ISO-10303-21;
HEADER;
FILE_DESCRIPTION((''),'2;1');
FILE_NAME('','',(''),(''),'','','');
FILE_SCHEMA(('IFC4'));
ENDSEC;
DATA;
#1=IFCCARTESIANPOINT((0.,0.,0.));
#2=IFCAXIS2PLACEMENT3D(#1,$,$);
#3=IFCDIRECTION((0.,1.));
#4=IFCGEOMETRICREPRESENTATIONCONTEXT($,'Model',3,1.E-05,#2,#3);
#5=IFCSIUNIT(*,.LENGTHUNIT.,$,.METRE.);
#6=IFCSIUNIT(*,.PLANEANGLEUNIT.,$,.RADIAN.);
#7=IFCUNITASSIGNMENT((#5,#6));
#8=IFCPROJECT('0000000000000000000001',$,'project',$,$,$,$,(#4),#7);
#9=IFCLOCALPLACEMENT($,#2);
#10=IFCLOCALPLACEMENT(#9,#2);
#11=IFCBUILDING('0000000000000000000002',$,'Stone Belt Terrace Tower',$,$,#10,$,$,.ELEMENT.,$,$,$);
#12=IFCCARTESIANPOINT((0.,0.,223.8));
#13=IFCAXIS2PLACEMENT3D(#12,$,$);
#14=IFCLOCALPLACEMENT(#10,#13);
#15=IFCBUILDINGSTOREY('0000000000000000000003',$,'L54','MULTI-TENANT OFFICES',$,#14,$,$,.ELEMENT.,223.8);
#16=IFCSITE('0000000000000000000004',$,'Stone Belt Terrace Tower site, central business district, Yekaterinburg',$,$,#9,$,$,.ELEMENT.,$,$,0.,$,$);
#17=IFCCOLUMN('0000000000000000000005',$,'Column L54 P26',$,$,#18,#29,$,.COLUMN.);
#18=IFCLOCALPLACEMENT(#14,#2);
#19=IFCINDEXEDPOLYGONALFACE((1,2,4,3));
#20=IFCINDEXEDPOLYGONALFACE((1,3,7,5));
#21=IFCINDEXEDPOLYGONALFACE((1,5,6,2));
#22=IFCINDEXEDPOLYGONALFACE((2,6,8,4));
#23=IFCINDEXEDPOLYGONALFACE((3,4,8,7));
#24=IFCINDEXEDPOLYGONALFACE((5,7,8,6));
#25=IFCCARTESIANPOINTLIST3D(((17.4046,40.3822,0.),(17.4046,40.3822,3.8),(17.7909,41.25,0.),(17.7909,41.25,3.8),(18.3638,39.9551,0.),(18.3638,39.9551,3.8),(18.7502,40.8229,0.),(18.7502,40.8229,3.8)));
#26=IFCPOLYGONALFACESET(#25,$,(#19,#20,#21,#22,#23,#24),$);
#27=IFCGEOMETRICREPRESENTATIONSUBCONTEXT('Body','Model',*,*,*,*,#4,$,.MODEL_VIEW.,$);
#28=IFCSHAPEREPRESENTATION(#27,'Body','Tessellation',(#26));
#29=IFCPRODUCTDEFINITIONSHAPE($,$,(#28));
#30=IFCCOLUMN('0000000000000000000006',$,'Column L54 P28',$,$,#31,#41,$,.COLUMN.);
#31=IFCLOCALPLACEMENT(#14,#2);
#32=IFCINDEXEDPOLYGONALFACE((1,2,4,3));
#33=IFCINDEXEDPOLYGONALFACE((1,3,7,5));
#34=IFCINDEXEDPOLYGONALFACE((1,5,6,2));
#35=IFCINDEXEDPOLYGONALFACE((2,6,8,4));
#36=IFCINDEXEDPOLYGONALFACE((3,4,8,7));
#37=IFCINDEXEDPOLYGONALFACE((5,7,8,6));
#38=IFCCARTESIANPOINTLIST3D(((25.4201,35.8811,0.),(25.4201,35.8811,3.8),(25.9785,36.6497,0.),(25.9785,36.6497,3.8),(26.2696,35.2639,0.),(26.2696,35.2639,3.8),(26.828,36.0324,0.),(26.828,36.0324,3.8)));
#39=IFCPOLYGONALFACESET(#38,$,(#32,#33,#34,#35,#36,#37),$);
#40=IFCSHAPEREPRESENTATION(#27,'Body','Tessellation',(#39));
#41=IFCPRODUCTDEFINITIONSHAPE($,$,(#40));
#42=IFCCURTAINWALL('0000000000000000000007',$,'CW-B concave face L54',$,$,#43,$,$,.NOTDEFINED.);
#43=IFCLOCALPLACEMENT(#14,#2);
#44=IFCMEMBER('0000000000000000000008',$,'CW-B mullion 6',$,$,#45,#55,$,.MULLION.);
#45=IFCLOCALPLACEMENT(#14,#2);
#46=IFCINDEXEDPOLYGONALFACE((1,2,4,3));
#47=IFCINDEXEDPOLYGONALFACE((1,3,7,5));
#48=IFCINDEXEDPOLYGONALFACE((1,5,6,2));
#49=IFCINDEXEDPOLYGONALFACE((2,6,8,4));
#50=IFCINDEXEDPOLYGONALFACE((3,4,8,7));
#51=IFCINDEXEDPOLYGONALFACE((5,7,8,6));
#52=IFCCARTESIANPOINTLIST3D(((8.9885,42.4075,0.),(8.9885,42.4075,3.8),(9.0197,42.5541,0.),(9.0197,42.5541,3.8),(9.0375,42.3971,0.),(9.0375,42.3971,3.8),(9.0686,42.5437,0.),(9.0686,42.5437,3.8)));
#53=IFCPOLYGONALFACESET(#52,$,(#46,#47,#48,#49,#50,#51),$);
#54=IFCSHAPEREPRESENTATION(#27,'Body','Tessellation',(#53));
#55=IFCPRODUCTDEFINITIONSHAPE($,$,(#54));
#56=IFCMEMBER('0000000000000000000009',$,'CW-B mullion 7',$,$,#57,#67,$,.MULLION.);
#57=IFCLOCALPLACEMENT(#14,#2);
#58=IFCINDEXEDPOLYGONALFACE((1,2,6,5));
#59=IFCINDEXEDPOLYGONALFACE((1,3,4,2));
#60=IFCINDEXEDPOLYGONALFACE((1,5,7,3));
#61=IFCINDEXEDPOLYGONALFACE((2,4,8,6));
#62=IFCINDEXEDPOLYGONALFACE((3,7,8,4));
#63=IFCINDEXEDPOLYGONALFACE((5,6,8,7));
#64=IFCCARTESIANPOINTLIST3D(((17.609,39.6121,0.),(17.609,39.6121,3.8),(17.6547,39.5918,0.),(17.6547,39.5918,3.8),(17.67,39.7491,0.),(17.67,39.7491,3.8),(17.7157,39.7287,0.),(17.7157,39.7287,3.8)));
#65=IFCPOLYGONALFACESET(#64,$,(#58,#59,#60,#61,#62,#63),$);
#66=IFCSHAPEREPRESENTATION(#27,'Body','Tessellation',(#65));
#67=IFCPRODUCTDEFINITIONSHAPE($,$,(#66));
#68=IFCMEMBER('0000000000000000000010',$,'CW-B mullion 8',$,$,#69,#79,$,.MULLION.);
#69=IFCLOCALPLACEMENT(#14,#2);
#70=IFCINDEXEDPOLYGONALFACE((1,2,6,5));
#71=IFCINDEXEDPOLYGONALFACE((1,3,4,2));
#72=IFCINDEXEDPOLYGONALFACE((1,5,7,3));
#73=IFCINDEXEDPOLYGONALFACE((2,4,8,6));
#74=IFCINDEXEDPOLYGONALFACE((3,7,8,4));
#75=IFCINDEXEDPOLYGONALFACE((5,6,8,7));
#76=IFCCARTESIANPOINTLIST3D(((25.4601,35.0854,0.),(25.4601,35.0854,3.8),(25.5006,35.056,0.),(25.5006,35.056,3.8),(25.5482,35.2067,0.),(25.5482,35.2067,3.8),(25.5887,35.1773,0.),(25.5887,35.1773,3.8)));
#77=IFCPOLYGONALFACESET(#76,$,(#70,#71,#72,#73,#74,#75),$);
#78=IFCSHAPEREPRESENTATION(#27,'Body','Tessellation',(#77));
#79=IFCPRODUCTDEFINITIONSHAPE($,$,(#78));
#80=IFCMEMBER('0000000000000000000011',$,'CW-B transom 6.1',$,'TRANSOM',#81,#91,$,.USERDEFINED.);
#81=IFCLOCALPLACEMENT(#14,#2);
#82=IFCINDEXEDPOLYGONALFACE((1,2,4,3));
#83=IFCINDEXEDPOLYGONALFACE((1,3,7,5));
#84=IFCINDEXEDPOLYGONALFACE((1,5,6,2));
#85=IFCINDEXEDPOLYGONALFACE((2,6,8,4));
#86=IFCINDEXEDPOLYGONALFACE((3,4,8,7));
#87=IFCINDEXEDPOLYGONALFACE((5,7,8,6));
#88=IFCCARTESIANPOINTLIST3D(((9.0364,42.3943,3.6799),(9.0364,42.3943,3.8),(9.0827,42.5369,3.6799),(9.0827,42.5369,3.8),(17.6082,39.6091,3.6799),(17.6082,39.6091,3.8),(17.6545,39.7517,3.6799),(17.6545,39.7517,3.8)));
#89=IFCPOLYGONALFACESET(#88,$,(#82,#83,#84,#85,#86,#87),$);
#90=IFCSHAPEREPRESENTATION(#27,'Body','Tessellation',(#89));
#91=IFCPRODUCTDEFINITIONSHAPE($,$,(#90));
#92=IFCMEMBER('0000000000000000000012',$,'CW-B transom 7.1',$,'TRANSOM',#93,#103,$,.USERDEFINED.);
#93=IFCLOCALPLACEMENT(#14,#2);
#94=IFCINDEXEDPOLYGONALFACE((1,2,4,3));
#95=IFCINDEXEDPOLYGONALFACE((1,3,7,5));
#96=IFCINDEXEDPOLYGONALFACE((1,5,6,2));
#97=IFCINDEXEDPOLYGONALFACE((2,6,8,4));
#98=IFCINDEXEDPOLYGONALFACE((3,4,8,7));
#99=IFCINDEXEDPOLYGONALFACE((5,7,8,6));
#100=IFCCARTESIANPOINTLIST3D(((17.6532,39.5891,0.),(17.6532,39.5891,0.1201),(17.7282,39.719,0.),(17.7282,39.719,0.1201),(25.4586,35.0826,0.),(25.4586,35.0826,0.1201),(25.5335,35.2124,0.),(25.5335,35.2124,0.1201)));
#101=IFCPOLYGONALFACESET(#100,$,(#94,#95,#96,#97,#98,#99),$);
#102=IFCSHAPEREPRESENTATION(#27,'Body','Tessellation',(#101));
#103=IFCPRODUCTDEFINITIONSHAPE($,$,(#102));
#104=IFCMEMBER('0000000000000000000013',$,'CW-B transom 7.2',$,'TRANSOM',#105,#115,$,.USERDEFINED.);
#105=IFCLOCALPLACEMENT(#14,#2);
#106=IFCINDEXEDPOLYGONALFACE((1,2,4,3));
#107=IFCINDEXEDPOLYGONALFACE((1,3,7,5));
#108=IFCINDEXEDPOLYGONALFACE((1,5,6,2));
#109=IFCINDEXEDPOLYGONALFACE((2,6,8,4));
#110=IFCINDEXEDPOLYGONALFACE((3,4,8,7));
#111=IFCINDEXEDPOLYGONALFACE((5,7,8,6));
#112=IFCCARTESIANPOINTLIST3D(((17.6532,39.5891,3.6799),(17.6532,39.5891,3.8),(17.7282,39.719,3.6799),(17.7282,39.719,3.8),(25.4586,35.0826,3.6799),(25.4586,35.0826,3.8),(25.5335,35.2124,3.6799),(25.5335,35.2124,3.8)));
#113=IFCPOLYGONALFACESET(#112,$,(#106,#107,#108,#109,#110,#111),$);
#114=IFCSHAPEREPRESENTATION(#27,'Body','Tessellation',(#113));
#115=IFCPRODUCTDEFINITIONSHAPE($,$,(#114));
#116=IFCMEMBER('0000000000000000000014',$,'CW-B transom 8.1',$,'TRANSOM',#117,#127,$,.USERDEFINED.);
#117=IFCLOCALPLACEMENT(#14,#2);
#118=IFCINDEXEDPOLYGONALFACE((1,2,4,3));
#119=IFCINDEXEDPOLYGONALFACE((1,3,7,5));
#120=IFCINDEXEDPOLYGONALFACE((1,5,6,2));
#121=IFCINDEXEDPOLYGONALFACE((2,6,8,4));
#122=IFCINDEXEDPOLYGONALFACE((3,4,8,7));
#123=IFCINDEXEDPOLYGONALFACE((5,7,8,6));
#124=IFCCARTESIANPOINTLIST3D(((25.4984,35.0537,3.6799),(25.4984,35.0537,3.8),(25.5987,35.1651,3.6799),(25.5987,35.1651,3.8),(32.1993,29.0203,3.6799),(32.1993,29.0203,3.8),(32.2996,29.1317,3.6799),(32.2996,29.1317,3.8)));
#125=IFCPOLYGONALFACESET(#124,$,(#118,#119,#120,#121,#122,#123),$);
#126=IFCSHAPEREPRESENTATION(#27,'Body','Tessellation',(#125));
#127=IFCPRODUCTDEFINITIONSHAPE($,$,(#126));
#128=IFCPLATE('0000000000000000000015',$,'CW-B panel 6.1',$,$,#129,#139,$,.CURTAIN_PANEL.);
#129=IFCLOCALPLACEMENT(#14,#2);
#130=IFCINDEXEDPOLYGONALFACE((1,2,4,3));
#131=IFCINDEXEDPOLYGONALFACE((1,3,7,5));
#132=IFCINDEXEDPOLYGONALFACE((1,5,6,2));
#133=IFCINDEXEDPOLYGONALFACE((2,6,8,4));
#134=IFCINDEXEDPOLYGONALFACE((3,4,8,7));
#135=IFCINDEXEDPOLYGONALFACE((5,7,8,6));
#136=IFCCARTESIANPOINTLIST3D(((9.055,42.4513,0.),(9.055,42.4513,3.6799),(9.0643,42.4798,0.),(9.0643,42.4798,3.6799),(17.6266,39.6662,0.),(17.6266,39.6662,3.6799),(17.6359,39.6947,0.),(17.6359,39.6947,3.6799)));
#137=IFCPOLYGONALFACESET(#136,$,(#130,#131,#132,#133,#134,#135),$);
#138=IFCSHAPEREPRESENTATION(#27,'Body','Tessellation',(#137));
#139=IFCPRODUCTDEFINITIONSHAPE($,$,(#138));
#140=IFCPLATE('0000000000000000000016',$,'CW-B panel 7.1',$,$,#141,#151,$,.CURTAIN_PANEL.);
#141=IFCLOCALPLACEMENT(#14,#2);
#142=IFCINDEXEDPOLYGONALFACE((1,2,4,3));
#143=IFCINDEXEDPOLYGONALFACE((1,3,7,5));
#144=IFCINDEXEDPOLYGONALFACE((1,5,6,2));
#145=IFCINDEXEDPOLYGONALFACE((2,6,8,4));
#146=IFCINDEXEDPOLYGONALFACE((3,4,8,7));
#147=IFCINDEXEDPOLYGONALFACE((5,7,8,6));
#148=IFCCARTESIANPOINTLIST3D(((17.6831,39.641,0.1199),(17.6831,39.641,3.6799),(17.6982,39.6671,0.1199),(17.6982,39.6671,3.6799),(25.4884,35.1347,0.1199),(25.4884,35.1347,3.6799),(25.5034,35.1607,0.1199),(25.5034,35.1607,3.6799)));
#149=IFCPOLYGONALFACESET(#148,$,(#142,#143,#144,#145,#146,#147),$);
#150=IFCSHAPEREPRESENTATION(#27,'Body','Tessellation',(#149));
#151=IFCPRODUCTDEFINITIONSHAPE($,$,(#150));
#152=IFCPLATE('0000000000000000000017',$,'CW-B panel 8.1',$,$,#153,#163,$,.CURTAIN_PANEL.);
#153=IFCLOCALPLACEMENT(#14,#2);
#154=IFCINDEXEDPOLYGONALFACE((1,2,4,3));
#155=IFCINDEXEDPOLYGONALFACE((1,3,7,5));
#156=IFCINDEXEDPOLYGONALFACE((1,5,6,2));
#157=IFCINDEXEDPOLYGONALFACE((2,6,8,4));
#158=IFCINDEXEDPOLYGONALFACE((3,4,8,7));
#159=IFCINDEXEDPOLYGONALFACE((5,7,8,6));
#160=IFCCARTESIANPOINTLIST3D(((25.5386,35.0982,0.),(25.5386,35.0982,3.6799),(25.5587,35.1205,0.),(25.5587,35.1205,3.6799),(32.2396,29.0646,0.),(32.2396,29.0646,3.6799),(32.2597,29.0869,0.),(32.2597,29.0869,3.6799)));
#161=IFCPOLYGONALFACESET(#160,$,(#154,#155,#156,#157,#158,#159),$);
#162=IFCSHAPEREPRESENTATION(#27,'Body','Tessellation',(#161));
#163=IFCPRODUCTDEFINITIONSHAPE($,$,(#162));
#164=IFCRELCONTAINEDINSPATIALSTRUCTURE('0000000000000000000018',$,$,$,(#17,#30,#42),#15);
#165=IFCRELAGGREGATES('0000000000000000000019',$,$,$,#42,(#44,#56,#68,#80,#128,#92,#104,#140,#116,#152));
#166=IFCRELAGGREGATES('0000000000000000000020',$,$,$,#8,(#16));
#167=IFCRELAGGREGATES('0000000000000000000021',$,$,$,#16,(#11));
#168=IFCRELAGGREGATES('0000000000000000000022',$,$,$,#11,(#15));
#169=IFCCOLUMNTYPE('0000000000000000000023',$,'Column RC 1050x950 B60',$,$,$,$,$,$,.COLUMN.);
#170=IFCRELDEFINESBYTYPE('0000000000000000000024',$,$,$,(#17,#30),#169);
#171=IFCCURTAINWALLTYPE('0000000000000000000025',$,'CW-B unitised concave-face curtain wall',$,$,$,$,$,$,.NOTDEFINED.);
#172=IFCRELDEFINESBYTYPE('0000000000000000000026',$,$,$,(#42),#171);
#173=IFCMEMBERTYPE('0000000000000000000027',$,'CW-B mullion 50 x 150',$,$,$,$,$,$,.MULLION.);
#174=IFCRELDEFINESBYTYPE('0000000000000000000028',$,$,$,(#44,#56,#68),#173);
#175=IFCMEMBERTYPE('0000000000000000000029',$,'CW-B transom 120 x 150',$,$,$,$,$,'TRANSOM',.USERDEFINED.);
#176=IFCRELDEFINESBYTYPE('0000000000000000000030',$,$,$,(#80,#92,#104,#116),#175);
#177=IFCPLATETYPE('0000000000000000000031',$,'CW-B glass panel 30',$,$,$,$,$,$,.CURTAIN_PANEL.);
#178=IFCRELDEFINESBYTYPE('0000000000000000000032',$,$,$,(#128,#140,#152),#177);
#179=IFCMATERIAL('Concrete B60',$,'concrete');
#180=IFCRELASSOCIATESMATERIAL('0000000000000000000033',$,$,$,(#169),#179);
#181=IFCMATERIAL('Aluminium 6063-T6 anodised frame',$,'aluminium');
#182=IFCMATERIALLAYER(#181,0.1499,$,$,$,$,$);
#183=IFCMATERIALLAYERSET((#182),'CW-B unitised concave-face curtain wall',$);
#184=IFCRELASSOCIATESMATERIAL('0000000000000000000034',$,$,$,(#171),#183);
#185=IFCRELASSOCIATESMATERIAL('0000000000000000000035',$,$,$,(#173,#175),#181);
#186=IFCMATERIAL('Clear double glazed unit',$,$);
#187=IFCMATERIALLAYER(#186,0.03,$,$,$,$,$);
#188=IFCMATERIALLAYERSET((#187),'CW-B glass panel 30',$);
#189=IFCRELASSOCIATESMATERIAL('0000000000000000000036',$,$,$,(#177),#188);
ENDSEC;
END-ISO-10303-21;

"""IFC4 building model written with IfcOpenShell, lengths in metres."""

from ifc_helpers import new_model, si_unit, direction, frame, origin, origin_2d, place, context, subcontext, project, spatial, rectangle, extrude, material, layer, layer_set, material_profile, profile_set, type_object, element, aggregate, save


model = new_model("IFC4")

# Units and contexts
model_context = context("Model", 3, precision=1e-05, world=origin(), true_north=direction((0.0, 1.0)))
body_context = subcontext(model_context, "Body", "Model", "MODEL_VIEW")
ifc_project = project(units=[si_unit("LENGTHUNIT", "METRE"), si_unit("PLANEANGLEUNIT", "RADIAN")], contexts=[model_context])

# Site, building, storey
site_placement = place(None, origin())
site = spatial("IfcSite", under=ifc_project, at=site_placement, Name="Stone Belt Terrace Tower site, central business district, Yekaterinburg", CompositionType="ELEMENT", RefElevation=0.0)
building_placement = place(site_placement, origin())
building = spatial("IfcBuilding", under=site, at=building_placement, Name="Stone Belt Terrace Tower", CompositionType="ELEMENT")
storey_placement = place(building_placement, frame((0.0, 0.0, 223.8)))
storey = spatial("IfcBuildingStorey", under=building, at=storey_placement, Name="L54", Description="MULTI-TENANT OFFICES", CompositionType="ELEMENT", Elevation=223.8)

# Columns
ifc_material_1 = material(Name="Concrete B60", Category="concrete")
ifc_material_profile_1 = material_profile(ifc_material_1, rectangle(XDim=1.05, YDim=0.95, at=origin_2d()), Name="RC 1050x950")
ifc_profile_set_1 = profile_set([ifc_material_profile_1], Name="Concrete B60")
column_type = type_object("IfcColumnType", Name="Column RC 1050x950 B60", PredefinedType="COLUMN", material=ifc_profile_set_1)
for number, where, z_axis, x_axis, name in (
    (1, (18.0774, 40.6025, 0.0), (0.0, 0.0, 1.0), (0.913545, -0.406737, 0.0), "Column L54 P26"),
    (2, (26.124, 35.9568, 0.0), (0.0, 0.0, 1.0), (0.809017, -0.587785, 0.0), "Column L54 P28"),
):
    element("IfcColumn", number, at=place(storey_placement, frame(where, z_axis=z_axis, x_axis=x_axis)), inside=storey, type_object=column_type, Name=name, PredefinedType="COLUMN", context=body_context, shape_type="SweptSolid", body=[
        extrude(rectangle(XDim=1.05, YDim=0.95, at=origin_2d()), origin(), (0.0, 0.0, 1.0), 3.8),
    ])

# Curtain wall, members, plates
ifc_material_2 = material(Name="Aluminium 6063-T6 anodised frame", Category="aluminium")
ifc_layer_1 = layer(ifc_material_2, 0.1499)
ifc_layer_set_1 = layer_set([ifc_layer_1], Name="CW-B unitised concave-face curtain wall")
curtain_wall_type = type_object("IfcCurtainWallType", Name="CW-B unitised concave-face curtain wall", PredefinedType="NOTDEFINED", material=ifc_layer_set_1)
curtain_wall_placement = place(storey_placement, origin())
curtain_wall = element("IfcCurtainWall", 3, at=curtain_wall_placement, inside=storey, type_object=curtain_wall_type, Name="CW-B concave face L54", PredefinedType="NOTDEFINED")
ifc_material_profile_2 = material_profile(ifc_material_2, rectangle(XDim=0.1499, YDim=0.05, at=origin_2d()), Name="Aluminium 6063-T6 50x150")
ifc_profile_set_2 = profile_set([ifc_material_profile_2], Name="Aluminium 6063-T6 anodised frame")
member_type_1 = type_object("IfcMemberType", Name="CW-B mullion 50 x 150", PredefinedType="MULLION", material=ifc_profile_set_2)
member_1_placement = place(storey_placement, frame((9.0286, 42.4756, 0.0), z_axis=(0.0, 0.0, 1.0), x_axis=(0.207912, 0.978148, 0.0)))
member_1 = element("IfcMember", 4, at=member_1_placement, type_object=member_type_1, Name="CW-B mullion 6", PredefinedType="MULLION", context=body_context, shape_type="SweptSolid", body=[
    extrude(rectangle(XDim=0.1499, YDim=0.05, at=origin_2d()), origin(), (0.0, 0.0, 1.0), 3.8),
])
member_2_placement = place(storey_placement, frame((17.6624, 39.6704, 0.0), z_axis=(0.0, 0.0, 1.0), x_axis=(0.406737, 0.913545, 0.0)))
member_2 = element("IfcMember", 5, at=member_2_placement, type_object=member_type_1, Name="CW-B mullion 7", PredefinedType="MULLION", context=body_context, shape_type="SweptSolid", body=[
    extrude(rectangle(XDim=0.1499, YDim=0.05, at=origin_2d()), origin(), (0.0, 0.0, 1.0), 3.8),
])
member_3_placement = place(storey_placement, frame((25.5244, 35.1313, 0.0), z_axis=(0.0, 0.0, 1.0), x_axis=(0.587785, 0.809017, 0.0)))
member_3 = element("IfcMember", 6, at=member_3_placement, type_object=member_type_1, Name="CW-B mullion 8", PredefinedType="MULLION", context=body_context, shape_type="SweptSolid", body=[
    extrude(rectangle(XDim=0.1499, YDim=0.05, at=origin_2d()), origin(), (0.0, 0.0, 1.0), 3.8),
])
ifc_material_profile_3 = material_profile(ifc_material_2, rectangle(XDim=0.1499, YDim=0.1201, at=origin_2d()), Name="Aluminium 6063-T6 150x120")
ifc_profile_set_3 = profile_set([ifc_material_profile_3], Name="Aluminium 6063-T6 anodised frame")
member_type_2 = type_object("IfcMemberType", Name="CW-B transom 120 x 150", ElementType="TRANSOM", PredefinedType="USERDEFINED", material=ifc_profile_set_3)
member_4_placement = place(storey_placement, frame((9.0596, 42.4656, 3.74), z_axis=(0.951056, -0.309019, 0.0), x_axis=(0.309019, 0.951056, 0.0)))
member_4 = element("IfcMember", 7, at=member_4_placement, type_object=member_type_2, Name="CW-B transom 6.1", ObjectType="TRANSOM", PredefinedType="USERDEFINED", context=body_context, shape_type="SweptSolid", body=[
    extrude(rectangle(XDim=0.1499, YDim=0.1201, at=origin_2d()), origin(), (0.0, 0.0, 1.0), 9.0129),
])
member_5_placement = place(storey_placement, frame((17.6907, 39.6541, 0.0601), z_axis=(0.866019, -0.500011, 0.0), x_axis=(0.500011, 0.866019, 0.0)))
member_5 = element("IfcMember", 8, at=member_5_placement, type_object=member_type_2, Name="CW-B transom 7.1", ObjectType="TRANSOM", PredefinedType="USERDEFINED", context=body_context, shape_type="SweptSolid", body=[
    extrude(rectangle(XDim=0.1499, YDim=0.1201, at=origin_2d()), origin(), (0.0, 0.0, 1.0), 9.0129),
])
member_6_placement = place(storey_placement, frame((17.6907, 39.6541, 3.74), z_axis=(0.866019, -0.500011, 0.0), x_axis=(0.500011, 0.866019, 0.0)))
member_6 = element("IfcMember", 9, at=member_6_placement, type_object=member_type_2, Name="CW-B transom 7.2", ObjectType="TRANSOM", PredefinedType="USERDEFINED", context=body_context, shape_type="SweptSolid", body=[
    extrude(rectangle(XDim=0.1499, YDim=0.1201, at=origin_2d()), origin(), (0.0, 0.0, 1.0), 9.0129),
])
member_7_placement = place(storey_placement, frame((25.5486, 35.1094, 3.74), z_axis=(0.74315, -0.669125, 0.0), x_axis=(0.669125, 0.74315, 0.0)))
member_7 = element("IfcMember", 10, at=member_7_placement, type_object=member_type_2, Name="CW-B transom 8.1", ObjectType="TRANSOM", PredefinedType="USERDEFINED", context=body_context, shape_type="SweptSolid", body=[
    extrude(rectangle(XDim=0.1499, YDim=0.1201, at=origin_2d()), origin(), (0.0, 0.0, 1.0), 9.0168),
])
ifc_material_3 = material(Name="Clear double glazed unit")
ifc_layer_2 = layer(ifc_material_3, 0.03)
ifc_layer_set_2 = layer_set([ifc_layer_2], Name="CW-B glass panel 30")
plate_type = type_object("IfcPlateType", Name="CW-B glass panel 30", PredefinedType="CURTAIN_PANEL", material=ifc_layer_set_2)
plate_1_placement = place(storey_placement, frame((13.3455, 41.073, 0.0), z_axis=(0.0, 0.0, 1.0), x_axis=(0.951057, -0.309017, 0.0)))
plate_1 = element("IfcPlate", 11, at=plate_1_placement, type_object=plate_type, Name="CW-B panel 6.1", PredefinedType="CURTAIN_PANEL", context=body_context, shape_type="SweptSolid", body=[
    extrude(rectangle(XDim=9.0127, YDim=0.03, at=origin_2d()), origin(), (0.0, 0.0, 1.0), 3.6799),
])
plate_2_placement = place(storey_placement, frame((21.5933, 37.4009, 0.1199), z_axis=(0.0, 0.0, 1.0), x_axis=(0.866025, -0.5, 0.0)))
plate_2 = element("IfcPlate", 12, at=plate_2_placement, type_object=plate_type, Name="CW-B panel 7.1", PredefinedType="CURTAIN_PANEL", context=body_context, shape_type="SweptSolid", body=[
    extrude(rectangle(XDim=9.0127, YDim=0.03, at=origin_2d()), origin(), (0.0, 0.0, 1.0), 3.5601),
])
plate_3_placement = place(storey_placement, frame((28.8992, 32.0925, 0.0), z_axis=(0.0, 0.0, 1.0), x_axis=(0.743145, -0.669131, 0.0)))
plate_3 = element("IfcPlate", 13, at=plate_3_placement, type_object=plate_type, Name="CW-B panel 8.1", PredefinedType="CURTAIN_PANEL", context=body_context, shape_type="SweptSolid", body=[
    extrude(rectangle(XDim=9.0171, YDim=0.03, at=origin_2d()), origin(), (0.0, 0.0, 1.0), 3.6799),
])
aggregate(curtain_wall, [member_1, member_2, member_3, member_4, plate_1, member_5, member_6, plate_2, member_7, plate_3])

save(model, "model.ifc")
